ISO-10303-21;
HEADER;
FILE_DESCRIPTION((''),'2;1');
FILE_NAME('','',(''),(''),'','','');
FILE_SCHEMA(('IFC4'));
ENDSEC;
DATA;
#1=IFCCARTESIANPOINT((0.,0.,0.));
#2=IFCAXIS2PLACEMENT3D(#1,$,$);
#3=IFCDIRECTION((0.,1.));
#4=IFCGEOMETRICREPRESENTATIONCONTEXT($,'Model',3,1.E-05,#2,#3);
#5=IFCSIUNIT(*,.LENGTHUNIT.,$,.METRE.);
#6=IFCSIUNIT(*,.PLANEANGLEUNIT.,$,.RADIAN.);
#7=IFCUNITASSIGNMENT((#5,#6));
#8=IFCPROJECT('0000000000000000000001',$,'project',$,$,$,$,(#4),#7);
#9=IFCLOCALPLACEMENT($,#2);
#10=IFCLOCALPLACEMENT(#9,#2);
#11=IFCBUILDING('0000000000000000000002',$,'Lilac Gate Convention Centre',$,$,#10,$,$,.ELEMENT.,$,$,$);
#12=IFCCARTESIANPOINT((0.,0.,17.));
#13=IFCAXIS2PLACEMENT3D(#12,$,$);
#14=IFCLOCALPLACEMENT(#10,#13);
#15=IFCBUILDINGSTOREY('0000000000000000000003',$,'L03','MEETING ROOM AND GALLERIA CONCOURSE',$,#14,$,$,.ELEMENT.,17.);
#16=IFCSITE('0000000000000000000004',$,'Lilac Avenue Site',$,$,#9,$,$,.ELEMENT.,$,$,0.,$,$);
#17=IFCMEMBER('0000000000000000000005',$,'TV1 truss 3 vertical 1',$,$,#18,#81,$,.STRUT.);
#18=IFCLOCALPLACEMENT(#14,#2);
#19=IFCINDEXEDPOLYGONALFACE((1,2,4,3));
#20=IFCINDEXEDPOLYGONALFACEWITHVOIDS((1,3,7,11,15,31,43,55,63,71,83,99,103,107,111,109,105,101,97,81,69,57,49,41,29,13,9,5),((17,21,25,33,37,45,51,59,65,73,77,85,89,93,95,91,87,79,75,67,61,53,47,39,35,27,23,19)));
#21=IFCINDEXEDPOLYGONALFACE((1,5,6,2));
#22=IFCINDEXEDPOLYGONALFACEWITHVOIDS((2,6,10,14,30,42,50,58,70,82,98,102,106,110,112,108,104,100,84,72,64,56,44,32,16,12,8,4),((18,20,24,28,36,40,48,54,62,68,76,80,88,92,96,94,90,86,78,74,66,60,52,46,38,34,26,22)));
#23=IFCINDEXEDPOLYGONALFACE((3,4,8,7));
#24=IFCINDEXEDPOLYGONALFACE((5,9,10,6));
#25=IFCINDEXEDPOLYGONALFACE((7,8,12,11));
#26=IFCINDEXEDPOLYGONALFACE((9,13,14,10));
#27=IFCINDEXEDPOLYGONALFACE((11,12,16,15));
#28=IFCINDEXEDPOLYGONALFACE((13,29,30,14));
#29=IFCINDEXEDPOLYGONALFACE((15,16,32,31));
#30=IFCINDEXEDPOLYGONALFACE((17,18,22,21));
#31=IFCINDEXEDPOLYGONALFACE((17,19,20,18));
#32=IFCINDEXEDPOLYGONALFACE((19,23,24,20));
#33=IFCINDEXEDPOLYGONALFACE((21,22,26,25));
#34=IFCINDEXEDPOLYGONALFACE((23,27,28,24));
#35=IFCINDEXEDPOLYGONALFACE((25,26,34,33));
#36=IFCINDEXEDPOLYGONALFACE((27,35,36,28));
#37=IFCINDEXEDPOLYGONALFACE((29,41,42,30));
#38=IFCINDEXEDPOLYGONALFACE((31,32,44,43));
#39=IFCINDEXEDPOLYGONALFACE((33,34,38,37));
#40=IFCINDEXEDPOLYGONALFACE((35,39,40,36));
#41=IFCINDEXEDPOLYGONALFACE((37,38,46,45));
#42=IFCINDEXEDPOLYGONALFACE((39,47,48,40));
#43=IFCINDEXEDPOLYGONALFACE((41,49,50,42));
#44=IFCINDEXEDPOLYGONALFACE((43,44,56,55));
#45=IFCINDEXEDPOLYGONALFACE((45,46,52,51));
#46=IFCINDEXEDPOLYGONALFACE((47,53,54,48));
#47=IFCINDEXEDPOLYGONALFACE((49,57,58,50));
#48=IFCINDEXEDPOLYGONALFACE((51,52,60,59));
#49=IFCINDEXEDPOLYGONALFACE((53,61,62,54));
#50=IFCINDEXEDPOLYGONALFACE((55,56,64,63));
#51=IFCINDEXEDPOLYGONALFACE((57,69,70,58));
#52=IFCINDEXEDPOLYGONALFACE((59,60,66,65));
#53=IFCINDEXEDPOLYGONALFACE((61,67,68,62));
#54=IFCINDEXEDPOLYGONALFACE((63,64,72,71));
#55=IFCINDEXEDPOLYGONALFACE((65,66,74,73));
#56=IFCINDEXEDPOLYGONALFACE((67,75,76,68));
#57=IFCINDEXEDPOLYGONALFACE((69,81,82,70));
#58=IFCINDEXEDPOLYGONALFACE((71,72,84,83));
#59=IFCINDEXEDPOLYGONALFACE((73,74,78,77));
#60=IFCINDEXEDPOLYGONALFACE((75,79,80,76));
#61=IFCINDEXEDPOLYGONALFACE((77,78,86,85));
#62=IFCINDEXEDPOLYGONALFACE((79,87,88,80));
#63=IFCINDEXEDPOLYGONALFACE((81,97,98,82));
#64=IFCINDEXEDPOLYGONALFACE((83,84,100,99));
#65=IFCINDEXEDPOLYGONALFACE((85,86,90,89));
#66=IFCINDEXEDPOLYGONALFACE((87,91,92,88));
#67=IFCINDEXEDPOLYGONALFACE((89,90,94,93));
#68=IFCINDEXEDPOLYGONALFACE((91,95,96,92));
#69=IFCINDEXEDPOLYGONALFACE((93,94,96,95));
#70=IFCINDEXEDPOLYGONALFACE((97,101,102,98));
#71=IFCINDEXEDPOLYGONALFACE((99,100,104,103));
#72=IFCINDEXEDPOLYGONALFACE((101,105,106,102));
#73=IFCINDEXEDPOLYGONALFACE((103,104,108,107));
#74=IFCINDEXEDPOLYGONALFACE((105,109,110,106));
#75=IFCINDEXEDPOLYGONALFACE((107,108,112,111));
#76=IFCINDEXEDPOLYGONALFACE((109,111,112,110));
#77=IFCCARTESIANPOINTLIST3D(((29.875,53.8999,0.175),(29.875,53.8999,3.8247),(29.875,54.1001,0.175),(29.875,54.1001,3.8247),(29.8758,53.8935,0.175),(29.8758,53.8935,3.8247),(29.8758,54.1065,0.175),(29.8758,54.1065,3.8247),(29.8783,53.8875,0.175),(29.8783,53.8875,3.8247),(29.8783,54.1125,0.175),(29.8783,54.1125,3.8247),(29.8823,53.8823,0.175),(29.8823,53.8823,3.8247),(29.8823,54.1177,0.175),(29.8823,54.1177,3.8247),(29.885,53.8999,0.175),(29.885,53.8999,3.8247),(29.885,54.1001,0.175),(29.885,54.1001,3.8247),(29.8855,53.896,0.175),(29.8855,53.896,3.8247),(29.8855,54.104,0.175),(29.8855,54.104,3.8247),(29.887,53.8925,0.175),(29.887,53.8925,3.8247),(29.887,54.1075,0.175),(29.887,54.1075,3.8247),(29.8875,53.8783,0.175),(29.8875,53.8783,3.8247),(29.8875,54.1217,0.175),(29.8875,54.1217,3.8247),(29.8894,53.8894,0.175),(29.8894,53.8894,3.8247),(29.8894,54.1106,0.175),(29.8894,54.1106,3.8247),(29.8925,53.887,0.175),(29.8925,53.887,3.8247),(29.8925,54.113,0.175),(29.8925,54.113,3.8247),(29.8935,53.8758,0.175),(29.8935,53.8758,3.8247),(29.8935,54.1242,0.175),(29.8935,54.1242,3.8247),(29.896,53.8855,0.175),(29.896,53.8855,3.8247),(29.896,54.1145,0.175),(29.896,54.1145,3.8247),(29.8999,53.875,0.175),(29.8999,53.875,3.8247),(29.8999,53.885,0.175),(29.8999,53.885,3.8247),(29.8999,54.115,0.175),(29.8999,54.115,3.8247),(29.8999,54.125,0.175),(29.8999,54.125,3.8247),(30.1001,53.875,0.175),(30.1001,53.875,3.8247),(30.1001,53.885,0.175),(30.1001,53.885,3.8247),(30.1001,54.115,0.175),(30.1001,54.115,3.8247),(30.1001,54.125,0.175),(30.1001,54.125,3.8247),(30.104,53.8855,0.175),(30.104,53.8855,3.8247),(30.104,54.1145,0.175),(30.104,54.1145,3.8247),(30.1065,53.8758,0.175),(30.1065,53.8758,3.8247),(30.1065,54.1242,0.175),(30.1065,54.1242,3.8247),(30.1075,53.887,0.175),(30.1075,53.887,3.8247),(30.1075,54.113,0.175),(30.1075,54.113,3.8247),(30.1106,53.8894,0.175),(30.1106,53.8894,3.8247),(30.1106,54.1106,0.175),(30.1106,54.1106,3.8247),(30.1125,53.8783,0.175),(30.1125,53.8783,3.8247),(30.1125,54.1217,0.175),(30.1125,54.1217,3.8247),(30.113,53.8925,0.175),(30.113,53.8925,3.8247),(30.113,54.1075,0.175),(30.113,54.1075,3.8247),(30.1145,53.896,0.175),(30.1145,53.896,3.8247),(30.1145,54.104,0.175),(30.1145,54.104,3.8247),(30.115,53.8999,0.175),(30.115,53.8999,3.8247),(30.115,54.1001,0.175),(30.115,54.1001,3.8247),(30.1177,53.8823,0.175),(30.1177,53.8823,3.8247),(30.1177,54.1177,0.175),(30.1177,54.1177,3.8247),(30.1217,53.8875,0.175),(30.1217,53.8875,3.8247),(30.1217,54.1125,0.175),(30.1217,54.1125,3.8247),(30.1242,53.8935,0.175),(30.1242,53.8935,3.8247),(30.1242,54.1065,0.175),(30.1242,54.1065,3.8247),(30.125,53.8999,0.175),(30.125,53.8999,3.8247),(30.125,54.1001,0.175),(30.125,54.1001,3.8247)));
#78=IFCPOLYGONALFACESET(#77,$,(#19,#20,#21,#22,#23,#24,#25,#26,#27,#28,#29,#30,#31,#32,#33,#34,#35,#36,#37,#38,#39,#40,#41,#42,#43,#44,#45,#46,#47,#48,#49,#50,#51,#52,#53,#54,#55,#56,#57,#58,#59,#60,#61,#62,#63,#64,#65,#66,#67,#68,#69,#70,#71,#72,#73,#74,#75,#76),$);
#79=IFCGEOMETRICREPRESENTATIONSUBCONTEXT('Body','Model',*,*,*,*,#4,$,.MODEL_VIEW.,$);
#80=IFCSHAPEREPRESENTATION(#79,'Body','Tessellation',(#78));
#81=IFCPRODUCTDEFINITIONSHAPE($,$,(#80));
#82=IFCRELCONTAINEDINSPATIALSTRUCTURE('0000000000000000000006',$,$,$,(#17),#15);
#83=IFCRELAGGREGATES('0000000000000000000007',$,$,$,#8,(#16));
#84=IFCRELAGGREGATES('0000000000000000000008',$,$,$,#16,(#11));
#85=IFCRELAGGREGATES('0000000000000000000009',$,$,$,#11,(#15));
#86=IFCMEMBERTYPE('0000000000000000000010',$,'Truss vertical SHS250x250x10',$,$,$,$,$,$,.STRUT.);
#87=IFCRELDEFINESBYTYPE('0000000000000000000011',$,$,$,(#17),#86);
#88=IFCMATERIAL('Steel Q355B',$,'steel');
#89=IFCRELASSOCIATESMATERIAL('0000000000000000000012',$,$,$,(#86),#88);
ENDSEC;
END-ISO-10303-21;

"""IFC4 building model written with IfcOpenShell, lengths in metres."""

from ifc_helpers import new_model, si_unit, direction, frame, origin, origin_2d, place, context, subcontext, project, spatial, hollow_rectangle, extrude, material, material_profile, profile_set, type_object, element, save


model = new_model("IFC4")

# Units and contexts
model_context = context("Model", 3, precision=1e-05, world=origin(), true_north=direction((0.0, 1.0)))
body_context = subcontext(model_context, "Body", "Model", "MODEL_VIEW")
ifc_project = project(units=[si_unit("LENGTHUNIT", "METRE"), si_unit("PLANEANGLEUNIT", "RADIAN")], contexts=[model_context])

# Site, building, storey
site_placement = place(None, origin())
site = spatial("IfcSite", under=ifc_project, at=site_placement, Name="Lilac Avenue Site", CompositionType="ELEMENT", RefElevation=0.0)
building_placement = place(site_placement, origin())
building = spatial("IfcBuilding", under=site, at=building_placement, Name="Lilac Gate Convention Centre", CompositionType="ELEMENT")
storey_placement = place(building_placement, frame((0.0, 0.0, 17.0)))
storey = spatial("IfcBuildingStorey", under=building, at=storey_placement, Name="L03", Description="MEETING ROOM AND GALLERIA CONCOURSE", CompositionType="ELEMENT", Elevation=17.0)

# Shared definitions
ifc_material_1 = material(Name="Steel Q355B", Category="steel")

# Member
ifc_material_profile_1 = material_profile(ifc_material_1, hollow_rectangle(XDim=0.25, YDim=0.25, WallThickness=0.01, InnerFilletRadius=0.0149, OuterFilletRadius=0.0249, at=origin_2d()), Name="SHS250x250x10")
ifc_profile_set_1 = profile_set([ifc_material_profile_1], Name="Steel Q355B")
member_type_1 = type_object("IfcMemberType", Name="Truss vertical SHS250x250x10", PredefinedType="STRUT", material=ifc_profile_set_1)
member_1_placement = place(storey_placement, frame((30.0, 54.0, 0.175), z_axis=(0.0, 0.0, 1.0), x_axis=(1.0, 0.0, 0.0)))
element("IfcMember", 1, at=member_1_placement, inside=storey, type_object=member_type_1, Name="TV1 truss 3 vertical 1", PredefinedType="STRUT", context=body_context, shape_type="SweptSolid", body=[
    extrude(hollow_rectangle(XDim=0.25, YDim=0.25, WallThickness=0.01, InnerFilletRadius=0.0149, OuterFilletRadius=0.0249, at=origin_2d()), origin(), (0.0, 0.0, 1.0), 3.6497),
])

save(model, "model.ifc")
